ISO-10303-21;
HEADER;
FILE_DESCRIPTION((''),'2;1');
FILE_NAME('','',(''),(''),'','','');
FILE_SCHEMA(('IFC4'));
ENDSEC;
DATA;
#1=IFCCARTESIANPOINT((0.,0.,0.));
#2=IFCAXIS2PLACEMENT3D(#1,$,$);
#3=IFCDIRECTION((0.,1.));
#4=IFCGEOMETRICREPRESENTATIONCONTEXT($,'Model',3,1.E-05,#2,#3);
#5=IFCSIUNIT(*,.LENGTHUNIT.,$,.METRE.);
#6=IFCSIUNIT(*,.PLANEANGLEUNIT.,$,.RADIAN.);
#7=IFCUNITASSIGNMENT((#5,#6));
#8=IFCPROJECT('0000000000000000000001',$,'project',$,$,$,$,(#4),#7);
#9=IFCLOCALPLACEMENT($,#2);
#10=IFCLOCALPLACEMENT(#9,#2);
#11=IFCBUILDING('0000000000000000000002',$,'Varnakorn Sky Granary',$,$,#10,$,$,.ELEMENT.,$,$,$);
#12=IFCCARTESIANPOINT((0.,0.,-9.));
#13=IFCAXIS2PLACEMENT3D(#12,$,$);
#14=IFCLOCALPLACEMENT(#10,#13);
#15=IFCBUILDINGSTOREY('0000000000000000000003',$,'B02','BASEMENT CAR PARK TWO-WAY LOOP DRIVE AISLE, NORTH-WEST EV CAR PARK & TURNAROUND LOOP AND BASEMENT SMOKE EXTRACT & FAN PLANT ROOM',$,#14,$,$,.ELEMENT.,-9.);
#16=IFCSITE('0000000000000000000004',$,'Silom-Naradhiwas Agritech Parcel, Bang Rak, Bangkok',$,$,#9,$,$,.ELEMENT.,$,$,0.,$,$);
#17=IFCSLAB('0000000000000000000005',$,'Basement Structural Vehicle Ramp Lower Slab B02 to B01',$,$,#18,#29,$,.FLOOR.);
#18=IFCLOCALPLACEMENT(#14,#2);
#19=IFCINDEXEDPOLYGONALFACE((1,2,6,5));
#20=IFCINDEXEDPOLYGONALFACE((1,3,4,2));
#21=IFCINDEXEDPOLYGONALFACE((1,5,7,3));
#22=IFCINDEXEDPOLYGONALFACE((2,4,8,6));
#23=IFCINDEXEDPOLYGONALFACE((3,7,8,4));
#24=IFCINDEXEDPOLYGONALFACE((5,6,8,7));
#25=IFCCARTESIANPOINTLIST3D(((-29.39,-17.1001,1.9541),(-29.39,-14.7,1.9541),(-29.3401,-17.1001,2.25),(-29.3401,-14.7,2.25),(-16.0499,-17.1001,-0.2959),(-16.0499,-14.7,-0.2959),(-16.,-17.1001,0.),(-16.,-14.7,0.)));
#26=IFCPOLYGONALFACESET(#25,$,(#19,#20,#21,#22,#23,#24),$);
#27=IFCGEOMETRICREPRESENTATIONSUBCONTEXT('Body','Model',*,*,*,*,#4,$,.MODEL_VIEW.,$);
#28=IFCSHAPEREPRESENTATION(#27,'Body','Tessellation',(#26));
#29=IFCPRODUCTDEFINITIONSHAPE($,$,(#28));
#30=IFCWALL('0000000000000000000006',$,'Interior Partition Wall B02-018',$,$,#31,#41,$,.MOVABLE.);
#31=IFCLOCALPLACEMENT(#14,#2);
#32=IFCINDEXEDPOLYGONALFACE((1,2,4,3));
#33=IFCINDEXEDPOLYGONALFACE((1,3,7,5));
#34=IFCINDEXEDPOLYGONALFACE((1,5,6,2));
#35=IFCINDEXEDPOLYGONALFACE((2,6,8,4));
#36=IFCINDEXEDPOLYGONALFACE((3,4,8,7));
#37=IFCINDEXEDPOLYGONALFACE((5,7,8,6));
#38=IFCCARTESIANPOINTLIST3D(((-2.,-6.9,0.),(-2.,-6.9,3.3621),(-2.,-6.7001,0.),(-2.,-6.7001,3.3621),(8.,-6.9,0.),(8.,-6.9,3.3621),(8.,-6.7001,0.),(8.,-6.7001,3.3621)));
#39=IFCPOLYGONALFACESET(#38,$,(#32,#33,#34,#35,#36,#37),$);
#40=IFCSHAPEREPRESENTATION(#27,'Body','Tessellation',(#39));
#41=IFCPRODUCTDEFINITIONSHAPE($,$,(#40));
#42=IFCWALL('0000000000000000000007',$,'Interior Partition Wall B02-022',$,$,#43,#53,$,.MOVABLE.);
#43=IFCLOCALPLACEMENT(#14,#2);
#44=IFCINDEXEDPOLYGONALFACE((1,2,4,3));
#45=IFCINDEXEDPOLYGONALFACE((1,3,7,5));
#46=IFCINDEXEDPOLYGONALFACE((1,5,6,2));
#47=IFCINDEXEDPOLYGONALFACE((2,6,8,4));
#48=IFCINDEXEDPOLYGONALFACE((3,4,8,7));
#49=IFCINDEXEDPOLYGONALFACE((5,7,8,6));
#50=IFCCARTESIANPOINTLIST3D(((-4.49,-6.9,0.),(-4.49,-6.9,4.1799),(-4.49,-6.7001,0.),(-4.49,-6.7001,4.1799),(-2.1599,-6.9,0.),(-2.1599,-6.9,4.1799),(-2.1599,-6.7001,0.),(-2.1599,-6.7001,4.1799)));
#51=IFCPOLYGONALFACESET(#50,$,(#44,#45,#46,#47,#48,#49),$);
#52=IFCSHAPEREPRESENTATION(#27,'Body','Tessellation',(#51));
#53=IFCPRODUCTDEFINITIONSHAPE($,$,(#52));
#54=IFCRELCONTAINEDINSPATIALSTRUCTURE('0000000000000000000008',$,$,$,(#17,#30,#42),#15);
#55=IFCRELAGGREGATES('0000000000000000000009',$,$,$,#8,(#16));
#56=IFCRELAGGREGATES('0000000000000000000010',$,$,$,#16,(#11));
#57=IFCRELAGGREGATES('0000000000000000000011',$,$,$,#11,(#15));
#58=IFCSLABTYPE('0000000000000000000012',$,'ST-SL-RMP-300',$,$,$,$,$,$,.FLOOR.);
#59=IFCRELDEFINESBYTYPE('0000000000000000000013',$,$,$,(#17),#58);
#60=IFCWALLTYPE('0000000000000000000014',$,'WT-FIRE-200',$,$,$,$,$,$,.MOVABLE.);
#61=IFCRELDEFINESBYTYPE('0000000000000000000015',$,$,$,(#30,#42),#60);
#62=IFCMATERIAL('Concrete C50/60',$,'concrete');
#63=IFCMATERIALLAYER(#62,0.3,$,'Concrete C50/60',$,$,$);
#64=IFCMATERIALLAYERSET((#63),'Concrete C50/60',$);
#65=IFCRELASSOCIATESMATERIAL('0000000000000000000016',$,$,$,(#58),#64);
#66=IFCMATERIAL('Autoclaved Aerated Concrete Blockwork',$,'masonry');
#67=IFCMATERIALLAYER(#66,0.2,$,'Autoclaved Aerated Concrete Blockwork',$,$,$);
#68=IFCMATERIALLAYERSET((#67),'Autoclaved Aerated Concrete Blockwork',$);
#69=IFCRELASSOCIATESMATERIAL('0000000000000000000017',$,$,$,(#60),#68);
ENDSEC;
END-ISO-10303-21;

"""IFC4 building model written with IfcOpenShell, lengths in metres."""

from ifc_helpers import new_model, si_unit, direction, frame, frame_2d, origin, place, context, subcontext, project, spatial, polyline, rectangle, outline, extrude, material, layer, layer_set, type_object, element, save


model = new_model("IFC4")

# Units and contexts
model_context = context("Model", 3, precision=1e-05, world=origin(), true_north=direction((0.0, 1.0)))
body_context = subcontext(model_context, "Body", "Model", "MODEL_VIEW")
ifc_project = project(units=[si_unit("LENGTHUNIT", "METRE"), si_unit("PLANEANGLEUNIT", "RADIAN")], contexts=[model_context])

# Site, building, storey
site_placement = place(None, origin())
site = spatial("IfcSite", under=ifc_project, at=site_placement, Name="Silom-Naradhiwas Agritech Parcel, Bang Rak, Bangkok", CompositionType="ELEMENT", RefElevation=0.0)
building_placement = place(site_placement, origin())
building = spatial("IfcBuilding", under=site, at=building_placement, Name="Varnakorn Sky Granary", CompositionType="ELEMENT")
storey_placement = place(building_placement, frame((0.0, 0.0, -9.0)))
storey = spatial("IfcBuildingStorey", under=building, at=storey_placement, Name="B02", Description="BASEMENT CAR PARK TWO-WAY LOOP DRIVE AISLE, NORTH-WEST EV CAR PARK & TURNAROUND LOOP AND BASEMENT SMOKE EXTRACT & FAN PLANT ROOM", CompositionType="ELEMENT", Elevation=-9.0)

# Slab
ifc_material_1 = material(Name="Concrete C50/60", Category="concrete")
ifc_layer_1 = layer(ifc_material_1, 0.3, Name="Concrete C50/60")
ifc_layer_set_1 = layer_set([ifc_layer_1], Name="Concrete C50/60")
slab_type = type_object("IfcSlabType", Name="ST-SL-RMP-300", PredefinedType="FLOOR", material=ifc_layer_set_1)
slab_placement = place(storey_placement, frame((-16.0, -17.1001, 0.0), z_axis=(0.166315, 0.0, 0.986073), x_axis=(-0.986073, 0.0, 0.166315)))
element("IfcSlab", 1, at=slab_placement, inside=storey, type_object=slab_type, Name="Basement Structural Vehicle Ramp Lower Slab B02 to B01", PredefinedType="FLOOR", context=body_context, shape_type="SweptSolid", body=[
    extrude(outline(polyline([(0.0, 0.0), (13.5285, 0.0), (13.5285, -2.4001), (0.0, -2.4001), (0.0, 0.0)])), origin(), (0.0, 0.0, -1.0), 0.3),
])

# Walls
ifc_material_2 = material(Name="Autoclaved Aerated Concrete Blockwork", Category="masonry")
ifc_layer_2 = layer(ifc_material_2, 0.2, Name="Autoclaved Aerated Concrete Blockwork")
ifc_layer_set_2 = layer_set([ifc_layer_2], Name="Autoclaved Aerated Concrete Blockwork")
wall_type = type_object("IfcWallType", Name="WT-FIRE-200", PredefinedType="MOVABLE", material=ifc_layer_set_2)
wall_1_placement = place(storey_placement, frame((-2.0, -6.8, 0.0), z_axis=(0.0, 0.0, 1.0), x_axis=(1.0, 0.0, 0.0)))
element("IfcWall", 2, at=wall_1_placement, inside=storey, type_object=wall_type, Name="Interior Partition Wall B02-018", PredefinedType="MOVABLE", context=body_context, shape_type="SweptSolid", body=[
    extrude(rectangle(XDim=10.0, YDim=0.2, at=frame_2d((5.0, 0.0))), origin(), (0.0, 0.0, 1.0), 3.3621),
])
wall_2_placement = place(storey_placement, frame((-4.49, -6.8, 0.0), z_axis=(0.0, 0.0, 1.0), x_axis=(1.0, 0.0, 0.0)))
element("IfcWall", 3, at=wall_2_placement, inside=storey, type_object=wall_type, Name="Interior Partition Wall B02-022", PredefinedType="MOVABLE", context=body_context, shape_type="SweptSolid", body=[
    extrude(rectangle(XDim=2.3301, YDim=0.2, at=frame_2d((1.165, 0.0))), origin(), (0.0, 0.0, 1.0), 4.1799),
])

save(model, "model.ifc")
